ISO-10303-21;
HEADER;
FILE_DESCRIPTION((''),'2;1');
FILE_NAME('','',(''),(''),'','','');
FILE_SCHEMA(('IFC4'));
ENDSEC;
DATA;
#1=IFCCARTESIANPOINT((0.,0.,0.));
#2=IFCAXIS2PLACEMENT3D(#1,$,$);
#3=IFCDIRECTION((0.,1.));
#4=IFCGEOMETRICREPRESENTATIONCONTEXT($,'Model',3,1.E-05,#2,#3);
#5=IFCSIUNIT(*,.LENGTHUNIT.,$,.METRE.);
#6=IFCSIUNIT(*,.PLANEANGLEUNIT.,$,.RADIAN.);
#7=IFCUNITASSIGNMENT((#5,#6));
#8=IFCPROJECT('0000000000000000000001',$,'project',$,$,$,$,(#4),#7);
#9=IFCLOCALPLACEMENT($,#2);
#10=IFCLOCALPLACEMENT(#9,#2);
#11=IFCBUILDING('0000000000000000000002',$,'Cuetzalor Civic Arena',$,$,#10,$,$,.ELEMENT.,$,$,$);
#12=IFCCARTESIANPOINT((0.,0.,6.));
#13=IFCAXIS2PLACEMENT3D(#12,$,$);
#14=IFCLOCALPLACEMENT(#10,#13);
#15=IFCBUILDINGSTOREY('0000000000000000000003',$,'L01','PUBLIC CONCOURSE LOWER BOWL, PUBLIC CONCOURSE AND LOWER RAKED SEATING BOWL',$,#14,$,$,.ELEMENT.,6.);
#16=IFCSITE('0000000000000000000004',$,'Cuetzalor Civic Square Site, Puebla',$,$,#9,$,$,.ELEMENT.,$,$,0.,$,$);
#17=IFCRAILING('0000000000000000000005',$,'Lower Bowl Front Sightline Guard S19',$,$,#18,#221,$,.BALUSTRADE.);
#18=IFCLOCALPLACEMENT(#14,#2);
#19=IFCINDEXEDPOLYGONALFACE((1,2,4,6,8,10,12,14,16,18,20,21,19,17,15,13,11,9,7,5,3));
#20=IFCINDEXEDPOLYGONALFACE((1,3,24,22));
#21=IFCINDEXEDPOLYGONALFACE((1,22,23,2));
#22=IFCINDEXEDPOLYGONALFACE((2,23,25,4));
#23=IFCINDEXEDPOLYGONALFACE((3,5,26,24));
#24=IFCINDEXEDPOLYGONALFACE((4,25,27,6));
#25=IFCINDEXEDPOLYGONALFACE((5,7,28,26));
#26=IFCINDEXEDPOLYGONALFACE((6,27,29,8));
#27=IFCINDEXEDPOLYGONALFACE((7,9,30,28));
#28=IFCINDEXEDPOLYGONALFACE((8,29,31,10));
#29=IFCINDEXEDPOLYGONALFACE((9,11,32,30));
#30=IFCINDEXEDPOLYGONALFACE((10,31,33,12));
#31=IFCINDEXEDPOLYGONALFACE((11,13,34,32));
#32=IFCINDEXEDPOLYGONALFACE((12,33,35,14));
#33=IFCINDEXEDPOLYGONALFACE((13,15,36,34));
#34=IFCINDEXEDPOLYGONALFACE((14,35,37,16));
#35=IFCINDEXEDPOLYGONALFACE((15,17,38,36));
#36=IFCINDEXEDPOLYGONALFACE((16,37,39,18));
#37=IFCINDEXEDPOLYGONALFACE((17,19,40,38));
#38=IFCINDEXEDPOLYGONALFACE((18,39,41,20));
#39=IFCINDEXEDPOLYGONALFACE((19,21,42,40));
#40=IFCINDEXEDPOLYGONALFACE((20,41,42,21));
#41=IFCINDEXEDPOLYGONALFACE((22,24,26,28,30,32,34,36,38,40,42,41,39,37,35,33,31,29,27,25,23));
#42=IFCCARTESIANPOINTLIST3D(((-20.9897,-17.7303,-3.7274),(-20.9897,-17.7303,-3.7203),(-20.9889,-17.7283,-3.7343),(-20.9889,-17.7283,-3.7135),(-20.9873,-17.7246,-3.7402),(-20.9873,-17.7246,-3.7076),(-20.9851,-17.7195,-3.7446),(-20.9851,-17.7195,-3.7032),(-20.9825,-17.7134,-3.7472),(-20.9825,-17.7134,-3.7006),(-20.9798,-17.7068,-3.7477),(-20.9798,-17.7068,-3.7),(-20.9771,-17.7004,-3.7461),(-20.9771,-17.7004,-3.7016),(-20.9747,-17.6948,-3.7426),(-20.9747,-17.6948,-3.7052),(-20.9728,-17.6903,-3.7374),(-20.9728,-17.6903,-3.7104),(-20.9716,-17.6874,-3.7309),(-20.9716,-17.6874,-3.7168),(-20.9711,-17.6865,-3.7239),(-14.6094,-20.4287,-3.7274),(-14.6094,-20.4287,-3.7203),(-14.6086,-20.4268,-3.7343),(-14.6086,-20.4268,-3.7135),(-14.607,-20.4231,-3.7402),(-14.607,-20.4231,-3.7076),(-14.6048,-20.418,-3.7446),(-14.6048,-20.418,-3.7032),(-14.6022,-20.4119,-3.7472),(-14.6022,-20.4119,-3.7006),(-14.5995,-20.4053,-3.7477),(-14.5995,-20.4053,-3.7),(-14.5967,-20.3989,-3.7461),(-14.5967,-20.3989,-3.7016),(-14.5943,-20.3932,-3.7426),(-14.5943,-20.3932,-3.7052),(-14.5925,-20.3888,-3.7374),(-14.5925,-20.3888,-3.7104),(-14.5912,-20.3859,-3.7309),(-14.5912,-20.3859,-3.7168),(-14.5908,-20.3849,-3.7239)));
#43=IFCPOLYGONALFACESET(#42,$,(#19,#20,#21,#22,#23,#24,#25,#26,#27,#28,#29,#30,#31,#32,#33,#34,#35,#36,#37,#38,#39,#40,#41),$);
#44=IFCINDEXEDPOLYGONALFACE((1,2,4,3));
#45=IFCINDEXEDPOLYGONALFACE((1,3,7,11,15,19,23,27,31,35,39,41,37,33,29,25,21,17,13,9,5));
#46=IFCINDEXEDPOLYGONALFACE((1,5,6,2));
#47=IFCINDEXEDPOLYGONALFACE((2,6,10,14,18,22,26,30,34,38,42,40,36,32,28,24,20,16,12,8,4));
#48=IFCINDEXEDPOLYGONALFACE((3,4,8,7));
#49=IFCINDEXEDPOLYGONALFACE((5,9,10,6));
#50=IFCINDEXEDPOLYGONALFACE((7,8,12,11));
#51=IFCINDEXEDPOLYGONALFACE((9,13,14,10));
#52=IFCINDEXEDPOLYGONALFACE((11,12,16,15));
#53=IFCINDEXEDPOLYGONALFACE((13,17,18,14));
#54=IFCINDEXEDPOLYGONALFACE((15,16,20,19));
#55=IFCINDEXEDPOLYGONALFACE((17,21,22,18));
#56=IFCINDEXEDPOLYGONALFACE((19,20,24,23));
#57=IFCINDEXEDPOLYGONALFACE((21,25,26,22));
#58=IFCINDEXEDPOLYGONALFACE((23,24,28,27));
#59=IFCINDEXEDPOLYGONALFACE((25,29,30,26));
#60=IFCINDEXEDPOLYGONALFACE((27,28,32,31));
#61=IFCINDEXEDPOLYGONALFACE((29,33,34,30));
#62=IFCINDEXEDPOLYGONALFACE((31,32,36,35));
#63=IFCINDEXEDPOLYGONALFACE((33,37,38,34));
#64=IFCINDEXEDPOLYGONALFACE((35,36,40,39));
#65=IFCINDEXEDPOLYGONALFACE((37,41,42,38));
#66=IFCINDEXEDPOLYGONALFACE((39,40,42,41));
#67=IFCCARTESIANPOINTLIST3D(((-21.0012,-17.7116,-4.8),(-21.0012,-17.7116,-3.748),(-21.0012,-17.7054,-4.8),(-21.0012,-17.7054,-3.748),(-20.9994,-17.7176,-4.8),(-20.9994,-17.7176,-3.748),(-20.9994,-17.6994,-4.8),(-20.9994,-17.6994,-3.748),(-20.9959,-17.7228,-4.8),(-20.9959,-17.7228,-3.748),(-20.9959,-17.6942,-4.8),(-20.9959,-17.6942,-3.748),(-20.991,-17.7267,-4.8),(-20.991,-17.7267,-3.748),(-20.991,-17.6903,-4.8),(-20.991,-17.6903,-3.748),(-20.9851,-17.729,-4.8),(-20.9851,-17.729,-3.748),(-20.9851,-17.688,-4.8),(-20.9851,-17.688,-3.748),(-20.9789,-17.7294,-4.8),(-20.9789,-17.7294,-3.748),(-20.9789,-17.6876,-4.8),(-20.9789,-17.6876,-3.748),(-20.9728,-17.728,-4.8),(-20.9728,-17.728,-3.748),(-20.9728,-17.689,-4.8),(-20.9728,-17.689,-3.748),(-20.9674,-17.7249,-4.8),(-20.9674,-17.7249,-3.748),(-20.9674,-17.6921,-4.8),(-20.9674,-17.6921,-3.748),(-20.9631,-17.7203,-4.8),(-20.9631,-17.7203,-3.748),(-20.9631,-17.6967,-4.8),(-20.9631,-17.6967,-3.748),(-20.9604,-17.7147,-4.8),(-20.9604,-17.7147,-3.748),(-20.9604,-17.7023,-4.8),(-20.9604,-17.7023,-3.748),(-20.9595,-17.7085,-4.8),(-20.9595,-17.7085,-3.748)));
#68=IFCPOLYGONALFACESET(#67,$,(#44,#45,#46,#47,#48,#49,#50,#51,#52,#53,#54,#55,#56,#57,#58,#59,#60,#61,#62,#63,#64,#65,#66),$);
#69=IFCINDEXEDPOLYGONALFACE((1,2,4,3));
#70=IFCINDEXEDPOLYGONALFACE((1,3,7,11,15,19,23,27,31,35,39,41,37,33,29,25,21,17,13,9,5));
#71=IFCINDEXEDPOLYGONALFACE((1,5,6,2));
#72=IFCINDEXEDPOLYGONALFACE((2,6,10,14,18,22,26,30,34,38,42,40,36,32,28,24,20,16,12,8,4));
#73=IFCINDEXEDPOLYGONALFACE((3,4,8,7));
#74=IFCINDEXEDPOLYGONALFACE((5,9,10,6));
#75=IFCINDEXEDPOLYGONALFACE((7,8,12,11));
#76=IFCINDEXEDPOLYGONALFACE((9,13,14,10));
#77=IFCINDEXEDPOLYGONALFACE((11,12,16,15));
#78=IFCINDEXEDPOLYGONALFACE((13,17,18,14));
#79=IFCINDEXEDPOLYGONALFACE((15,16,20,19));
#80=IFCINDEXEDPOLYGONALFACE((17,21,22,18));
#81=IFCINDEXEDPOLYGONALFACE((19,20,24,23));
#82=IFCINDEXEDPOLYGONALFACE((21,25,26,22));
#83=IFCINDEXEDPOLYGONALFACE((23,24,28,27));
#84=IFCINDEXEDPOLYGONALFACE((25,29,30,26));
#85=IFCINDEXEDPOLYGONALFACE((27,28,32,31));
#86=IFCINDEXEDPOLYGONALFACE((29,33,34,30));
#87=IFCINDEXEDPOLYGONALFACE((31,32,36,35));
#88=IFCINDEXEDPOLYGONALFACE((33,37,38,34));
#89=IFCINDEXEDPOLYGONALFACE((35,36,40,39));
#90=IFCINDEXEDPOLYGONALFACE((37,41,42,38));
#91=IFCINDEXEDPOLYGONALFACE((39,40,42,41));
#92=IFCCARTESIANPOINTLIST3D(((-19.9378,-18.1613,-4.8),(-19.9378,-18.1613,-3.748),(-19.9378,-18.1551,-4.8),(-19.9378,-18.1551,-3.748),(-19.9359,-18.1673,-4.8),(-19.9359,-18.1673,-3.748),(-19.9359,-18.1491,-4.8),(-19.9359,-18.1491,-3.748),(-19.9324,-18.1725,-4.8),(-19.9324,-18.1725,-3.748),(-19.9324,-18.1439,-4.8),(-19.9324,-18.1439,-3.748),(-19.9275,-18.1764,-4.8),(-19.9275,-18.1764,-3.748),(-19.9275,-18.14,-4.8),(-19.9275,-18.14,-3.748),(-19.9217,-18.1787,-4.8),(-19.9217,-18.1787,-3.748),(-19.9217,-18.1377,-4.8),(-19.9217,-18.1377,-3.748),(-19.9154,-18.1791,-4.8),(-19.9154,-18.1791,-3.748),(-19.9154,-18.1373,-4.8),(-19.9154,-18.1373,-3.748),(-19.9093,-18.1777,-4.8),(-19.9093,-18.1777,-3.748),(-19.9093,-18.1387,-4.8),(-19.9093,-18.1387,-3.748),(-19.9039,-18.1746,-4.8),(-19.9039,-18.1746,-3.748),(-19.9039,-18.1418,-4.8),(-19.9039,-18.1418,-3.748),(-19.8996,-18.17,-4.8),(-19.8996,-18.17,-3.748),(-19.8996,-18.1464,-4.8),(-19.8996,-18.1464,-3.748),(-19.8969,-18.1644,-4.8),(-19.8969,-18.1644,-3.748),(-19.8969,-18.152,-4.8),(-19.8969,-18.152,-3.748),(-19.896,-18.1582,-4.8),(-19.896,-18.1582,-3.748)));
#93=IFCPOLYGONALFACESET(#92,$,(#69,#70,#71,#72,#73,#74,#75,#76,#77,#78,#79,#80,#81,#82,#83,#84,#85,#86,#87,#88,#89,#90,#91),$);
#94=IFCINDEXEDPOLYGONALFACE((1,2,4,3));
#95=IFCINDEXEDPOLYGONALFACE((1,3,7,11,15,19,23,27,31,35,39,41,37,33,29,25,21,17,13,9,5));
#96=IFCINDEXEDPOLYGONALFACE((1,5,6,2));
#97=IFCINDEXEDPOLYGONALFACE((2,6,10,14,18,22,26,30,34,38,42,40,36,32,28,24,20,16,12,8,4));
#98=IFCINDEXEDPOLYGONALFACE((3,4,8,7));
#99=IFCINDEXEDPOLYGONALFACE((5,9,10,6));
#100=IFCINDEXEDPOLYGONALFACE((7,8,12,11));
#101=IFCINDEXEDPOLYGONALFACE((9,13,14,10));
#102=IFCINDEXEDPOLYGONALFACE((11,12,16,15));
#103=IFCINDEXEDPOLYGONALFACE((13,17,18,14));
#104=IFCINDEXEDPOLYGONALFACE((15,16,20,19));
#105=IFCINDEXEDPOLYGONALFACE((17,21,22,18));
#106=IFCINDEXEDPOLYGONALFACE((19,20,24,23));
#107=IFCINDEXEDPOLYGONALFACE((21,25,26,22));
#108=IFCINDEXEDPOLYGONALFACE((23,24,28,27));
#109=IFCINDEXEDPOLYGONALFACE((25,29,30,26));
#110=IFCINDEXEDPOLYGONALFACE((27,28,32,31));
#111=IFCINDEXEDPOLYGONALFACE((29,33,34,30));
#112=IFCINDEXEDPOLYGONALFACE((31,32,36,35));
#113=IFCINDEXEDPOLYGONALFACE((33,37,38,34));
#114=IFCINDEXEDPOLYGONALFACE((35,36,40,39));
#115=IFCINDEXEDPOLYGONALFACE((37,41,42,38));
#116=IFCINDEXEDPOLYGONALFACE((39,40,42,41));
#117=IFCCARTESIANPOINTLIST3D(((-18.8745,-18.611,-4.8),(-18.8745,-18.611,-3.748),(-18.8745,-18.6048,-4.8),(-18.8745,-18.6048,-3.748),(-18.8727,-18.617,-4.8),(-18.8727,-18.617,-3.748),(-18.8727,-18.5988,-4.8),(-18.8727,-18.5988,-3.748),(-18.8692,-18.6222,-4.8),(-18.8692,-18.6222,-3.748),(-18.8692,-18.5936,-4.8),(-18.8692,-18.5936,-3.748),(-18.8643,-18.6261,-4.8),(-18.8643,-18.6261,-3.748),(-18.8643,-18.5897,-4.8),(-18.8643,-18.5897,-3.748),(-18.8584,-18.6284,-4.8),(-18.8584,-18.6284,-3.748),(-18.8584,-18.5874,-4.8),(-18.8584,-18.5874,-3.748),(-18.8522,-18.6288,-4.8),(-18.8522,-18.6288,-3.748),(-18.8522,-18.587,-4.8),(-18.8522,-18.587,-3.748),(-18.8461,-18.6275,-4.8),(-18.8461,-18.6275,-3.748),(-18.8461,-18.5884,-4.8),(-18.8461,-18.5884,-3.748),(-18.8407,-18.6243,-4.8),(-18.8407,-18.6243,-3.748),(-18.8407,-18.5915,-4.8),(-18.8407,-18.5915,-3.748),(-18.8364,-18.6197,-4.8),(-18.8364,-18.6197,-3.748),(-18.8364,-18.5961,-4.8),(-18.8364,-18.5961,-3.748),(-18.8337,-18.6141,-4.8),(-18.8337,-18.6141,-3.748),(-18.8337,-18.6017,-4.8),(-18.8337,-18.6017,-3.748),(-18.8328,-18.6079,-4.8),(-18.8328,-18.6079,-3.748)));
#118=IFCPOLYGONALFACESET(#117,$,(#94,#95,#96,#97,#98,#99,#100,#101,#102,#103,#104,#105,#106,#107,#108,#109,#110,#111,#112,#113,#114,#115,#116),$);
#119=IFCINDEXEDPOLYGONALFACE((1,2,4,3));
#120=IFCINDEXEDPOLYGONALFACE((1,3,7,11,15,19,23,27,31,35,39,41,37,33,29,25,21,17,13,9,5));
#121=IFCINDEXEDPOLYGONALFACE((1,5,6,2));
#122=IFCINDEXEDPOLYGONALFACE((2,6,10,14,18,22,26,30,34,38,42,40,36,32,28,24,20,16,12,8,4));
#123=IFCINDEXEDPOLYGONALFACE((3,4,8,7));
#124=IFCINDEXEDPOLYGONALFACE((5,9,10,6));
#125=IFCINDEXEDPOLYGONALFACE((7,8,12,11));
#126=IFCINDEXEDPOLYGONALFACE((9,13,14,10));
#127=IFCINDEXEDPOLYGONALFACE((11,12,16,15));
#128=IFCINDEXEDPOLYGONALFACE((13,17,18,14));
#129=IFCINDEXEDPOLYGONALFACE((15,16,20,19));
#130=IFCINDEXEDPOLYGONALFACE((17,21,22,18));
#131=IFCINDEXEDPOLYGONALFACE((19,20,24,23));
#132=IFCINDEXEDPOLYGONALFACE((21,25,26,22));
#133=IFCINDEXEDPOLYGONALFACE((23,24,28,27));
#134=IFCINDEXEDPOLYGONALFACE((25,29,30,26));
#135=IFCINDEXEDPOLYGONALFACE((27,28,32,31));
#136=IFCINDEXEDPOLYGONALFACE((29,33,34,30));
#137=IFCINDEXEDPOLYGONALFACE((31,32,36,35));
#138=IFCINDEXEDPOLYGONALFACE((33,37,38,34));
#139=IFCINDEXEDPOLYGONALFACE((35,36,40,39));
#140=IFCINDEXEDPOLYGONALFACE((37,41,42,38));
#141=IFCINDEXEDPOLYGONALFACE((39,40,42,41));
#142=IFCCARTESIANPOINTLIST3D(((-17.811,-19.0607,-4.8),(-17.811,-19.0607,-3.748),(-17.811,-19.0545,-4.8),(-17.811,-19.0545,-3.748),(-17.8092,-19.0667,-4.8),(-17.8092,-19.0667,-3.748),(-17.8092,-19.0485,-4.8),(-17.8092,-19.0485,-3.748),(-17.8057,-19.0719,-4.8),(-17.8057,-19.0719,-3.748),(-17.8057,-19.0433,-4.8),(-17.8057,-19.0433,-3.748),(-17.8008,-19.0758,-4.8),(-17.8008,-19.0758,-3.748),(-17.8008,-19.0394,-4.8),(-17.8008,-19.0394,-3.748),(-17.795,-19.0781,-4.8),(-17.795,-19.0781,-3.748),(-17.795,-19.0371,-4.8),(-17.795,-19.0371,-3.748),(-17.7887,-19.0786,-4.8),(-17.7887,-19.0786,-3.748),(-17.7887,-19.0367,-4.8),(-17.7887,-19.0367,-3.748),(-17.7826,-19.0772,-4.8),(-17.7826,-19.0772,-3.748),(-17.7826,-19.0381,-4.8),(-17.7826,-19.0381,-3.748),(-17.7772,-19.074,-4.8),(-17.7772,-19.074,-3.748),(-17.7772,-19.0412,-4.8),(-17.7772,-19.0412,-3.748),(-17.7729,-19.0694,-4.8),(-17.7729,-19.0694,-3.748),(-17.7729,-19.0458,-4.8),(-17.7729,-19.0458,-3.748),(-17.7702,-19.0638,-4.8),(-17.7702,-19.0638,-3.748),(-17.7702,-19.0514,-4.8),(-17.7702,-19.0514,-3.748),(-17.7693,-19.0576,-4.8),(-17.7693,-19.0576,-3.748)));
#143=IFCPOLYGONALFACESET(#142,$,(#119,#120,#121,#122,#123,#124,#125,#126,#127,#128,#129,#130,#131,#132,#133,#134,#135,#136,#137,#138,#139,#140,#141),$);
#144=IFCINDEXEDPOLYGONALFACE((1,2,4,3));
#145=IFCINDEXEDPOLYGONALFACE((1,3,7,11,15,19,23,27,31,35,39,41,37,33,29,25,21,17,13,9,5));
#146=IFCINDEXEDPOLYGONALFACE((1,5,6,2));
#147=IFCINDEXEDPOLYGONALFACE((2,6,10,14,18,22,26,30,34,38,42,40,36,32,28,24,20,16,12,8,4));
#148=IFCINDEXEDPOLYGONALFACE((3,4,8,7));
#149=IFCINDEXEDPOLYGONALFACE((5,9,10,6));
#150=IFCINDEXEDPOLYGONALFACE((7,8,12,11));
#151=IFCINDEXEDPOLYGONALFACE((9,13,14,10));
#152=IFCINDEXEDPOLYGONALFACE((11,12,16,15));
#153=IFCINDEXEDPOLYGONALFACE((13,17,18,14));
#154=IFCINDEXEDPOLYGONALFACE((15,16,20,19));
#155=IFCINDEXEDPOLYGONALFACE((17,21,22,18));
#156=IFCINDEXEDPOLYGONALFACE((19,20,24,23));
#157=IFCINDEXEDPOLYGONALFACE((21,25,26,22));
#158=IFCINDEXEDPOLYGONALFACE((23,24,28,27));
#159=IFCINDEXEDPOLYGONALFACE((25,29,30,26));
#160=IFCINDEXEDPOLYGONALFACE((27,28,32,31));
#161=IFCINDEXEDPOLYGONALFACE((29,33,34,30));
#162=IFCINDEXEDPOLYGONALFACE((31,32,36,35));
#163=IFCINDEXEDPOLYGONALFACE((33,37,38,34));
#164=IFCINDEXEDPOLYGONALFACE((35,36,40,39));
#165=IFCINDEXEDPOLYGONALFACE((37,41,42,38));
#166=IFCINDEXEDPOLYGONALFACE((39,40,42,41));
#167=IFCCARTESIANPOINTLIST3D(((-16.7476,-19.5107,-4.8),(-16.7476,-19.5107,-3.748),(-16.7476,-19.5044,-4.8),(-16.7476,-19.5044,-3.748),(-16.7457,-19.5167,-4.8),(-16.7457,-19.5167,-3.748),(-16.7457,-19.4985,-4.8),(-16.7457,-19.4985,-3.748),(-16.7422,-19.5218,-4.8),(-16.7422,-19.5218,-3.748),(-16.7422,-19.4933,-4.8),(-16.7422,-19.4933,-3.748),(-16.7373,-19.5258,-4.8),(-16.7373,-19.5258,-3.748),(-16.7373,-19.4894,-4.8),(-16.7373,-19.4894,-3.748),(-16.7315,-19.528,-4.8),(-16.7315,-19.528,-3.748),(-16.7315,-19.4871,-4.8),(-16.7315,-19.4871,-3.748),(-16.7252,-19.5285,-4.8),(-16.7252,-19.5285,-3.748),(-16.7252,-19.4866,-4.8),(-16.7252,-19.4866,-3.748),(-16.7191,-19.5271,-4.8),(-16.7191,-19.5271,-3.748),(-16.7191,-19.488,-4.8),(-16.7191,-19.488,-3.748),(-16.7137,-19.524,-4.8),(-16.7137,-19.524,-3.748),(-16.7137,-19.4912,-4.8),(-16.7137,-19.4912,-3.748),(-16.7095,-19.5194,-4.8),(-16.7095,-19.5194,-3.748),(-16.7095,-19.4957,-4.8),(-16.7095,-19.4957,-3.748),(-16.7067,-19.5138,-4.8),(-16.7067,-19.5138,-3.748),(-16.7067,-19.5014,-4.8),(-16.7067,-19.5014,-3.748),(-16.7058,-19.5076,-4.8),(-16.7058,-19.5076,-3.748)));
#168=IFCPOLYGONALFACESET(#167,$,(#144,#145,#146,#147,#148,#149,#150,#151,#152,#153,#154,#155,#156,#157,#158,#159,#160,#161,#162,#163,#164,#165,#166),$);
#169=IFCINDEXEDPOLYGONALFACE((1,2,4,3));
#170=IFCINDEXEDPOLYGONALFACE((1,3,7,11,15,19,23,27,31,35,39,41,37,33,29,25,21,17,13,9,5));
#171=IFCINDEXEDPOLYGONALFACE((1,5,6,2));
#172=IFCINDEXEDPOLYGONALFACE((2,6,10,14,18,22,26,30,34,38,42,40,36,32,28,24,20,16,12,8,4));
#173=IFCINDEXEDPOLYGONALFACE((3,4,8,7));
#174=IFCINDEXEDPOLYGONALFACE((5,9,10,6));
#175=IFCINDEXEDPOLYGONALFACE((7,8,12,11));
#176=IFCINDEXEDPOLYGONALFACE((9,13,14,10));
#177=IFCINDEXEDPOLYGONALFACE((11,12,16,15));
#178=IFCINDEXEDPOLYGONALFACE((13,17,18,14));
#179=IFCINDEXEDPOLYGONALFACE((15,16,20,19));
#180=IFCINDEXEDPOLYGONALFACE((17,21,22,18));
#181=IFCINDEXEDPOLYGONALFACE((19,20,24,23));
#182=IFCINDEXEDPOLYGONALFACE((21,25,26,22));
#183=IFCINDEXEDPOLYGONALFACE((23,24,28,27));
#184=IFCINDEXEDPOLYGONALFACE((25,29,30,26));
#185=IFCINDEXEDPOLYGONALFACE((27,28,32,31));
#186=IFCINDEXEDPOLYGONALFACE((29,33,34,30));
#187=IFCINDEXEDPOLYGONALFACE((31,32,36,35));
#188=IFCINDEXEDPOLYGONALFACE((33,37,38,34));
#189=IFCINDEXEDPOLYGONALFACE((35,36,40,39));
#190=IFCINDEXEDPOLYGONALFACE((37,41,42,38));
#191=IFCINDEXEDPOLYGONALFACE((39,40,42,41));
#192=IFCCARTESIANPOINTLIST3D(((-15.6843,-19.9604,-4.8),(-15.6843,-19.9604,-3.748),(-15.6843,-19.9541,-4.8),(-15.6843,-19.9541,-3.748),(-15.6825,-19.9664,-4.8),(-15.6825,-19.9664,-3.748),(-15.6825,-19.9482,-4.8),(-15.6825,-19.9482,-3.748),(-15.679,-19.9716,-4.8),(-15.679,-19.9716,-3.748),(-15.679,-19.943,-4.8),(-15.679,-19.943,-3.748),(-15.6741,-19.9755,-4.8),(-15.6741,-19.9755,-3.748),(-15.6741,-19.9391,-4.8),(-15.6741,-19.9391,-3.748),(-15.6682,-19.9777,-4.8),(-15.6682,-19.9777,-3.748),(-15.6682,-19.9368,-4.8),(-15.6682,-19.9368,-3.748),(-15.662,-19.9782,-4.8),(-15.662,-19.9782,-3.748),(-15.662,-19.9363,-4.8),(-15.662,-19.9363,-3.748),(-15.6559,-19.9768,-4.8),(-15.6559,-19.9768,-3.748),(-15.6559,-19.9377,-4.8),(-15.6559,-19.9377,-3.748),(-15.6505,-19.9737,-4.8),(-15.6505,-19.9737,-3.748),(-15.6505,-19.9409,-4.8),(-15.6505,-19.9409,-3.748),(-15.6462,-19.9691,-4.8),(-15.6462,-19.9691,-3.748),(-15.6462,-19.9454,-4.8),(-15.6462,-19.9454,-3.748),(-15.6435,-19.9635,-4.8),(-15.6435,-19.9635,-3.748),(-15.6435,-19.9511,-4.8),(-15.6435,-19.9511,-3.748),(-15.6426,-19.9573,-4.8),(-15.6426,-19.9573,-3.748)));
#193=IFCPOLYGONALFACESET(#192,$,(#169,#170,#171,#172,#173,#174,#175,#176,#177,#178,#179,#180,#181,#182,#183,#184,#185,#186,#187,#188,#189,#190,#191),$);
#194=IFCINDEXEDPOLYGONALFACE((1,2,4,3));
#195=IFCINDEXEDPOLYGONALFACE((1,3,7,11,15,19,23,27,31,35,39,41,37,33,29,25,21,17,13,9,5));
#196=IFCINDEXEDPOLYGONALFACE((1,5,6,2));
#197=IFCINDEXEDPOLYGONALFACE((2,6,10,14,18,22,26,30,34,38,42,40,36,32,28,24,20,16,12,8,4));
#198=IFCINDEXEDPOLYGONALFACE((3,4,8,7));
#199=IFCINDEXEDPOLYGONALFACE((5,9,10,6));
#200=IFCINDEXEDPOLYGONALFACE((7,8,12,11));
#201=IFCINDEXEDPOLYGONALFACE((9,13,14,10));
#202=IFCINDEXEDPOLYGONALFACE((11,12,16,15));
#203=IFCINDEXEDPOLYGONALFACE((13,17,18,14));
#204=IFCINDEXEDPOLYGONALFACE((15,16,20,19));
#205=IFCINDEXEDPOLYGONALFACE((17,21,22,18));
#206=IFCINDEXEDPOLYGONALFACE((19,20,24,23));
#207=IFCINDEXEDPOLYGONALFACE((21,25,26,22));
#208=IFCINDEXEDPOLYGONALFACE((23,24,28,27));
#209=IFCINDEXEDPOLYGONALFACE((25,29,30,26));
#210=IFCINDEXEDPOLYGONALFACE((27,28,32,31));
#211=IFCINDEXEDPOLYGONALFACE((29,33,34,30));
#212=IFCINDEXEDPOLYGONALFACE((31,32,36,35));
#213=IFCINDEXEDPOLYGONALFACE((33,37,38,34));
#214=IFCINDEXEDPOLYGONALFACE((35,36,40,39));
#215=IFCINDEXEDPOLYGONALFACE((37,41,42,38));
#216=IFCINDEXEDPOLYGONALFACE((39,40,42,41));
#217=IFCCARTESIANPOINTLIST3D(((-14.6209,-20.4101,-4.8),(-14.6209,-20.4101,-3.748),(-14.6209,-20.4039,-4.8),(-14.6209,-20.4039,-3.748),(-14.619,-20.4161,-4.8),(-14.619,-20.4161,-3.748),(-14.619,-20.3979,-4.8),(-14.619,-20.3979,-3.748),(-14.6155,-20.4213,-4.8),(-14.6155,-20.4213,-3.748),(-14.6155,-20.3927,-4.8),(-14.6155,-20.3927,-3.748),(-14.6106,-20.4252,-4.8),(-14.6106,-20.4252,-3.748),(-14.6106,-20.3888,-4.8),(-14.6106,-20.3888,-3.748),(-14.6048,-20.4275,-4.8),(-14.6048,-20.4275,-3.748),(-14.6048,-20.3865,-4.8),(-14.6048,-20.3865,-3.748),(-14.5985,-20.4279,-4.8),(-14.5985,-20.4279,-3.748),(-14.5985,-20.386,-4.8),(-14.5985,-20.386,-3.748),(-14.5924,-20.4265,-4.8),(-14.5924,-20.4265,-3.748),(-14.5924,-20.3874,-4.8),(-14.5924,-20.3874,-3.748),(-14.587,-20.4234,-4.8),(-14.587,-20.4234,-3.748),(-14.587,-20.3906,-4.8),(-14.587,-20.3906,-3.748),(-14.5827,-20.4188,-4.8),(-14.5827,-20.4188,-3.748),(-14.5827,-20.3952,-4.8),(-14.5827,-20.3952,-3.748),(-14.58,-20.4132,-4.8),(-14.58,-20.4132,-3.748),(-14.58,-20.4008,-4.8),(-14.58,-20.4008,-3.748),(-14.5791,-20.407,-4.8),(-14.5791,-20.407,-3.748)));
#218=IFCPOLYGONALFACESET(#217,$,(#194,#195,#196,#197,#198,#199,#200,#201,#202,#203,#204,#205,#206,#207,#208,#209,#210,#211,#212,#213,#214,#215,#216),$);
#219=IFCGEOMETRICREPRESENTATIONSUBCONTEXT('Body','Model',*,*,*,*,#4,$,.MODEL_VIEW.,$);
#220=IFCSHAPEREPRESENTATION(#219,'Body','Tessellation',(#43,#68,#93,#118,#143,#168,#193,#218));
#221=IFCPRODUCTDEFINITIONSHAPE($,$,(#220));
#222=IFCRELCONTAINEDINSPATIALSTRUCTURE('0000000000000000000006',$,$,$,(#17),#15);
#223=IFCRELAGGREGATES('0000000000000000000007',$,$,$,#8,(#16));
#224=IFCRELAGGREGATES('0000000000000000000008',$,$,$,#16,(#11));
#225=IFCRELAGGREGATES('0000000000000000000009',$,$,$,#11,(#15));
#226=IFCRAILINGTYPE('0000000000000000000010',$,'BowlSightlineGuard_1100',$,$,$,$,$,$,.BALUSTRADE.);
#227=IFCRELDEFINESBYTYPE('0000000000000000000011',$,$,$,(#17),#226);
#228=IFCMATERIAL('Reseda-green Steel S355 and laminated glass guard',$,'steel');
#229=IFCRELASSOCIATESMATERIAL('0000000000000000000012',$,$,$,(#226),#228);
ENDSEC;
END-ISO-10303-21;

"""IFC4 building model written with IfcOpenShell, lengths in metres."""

from ifc_helpers import new_model, si_unit, direction, frame, origin, origin_2d, place, context, subcontext, project, spatial, circle, extrude, material, type_object, element, save


model = new_model("IFC4")

# Units and contexts
model_context = context("Model", 3, precision=1e-05, world=origin(), true_north=direction((0.0, 1.0)))
body_context = subcontext(model_context, "Body", "Model", "MODEL_VIEW")
ifc_project = project(units=[si_unit("LENGTHUNIT", "METRE"), si_unit("PLANEANGLEUNIT", "RADIAN")], contexts=[model_context])

# Site, building, storey
site_placement = place(None, origin())
site = spatial("IfcSite", under=ifc_project, at=site_placement, Name="Cuetzalor Civic Square Site, Puebla", CompositionType="ELEMENT", RefElevation=0.0)
building_placement = place(site_placement, origin())
building = spatial("IfcBuilding", under=site, at=building_placement, Name="Cuetzalor Civic Arena", CompositionType="ELEMENT")
storey_placement = place(building_placement, frame((0.0, 0.0, 6.0)))
storey = spatial("IfcBuildingStorey", under=building, at=storey_placement, Name="L01", Description="PUBLIC CONCOURSE LOWER BOWL, PUBLIC CONCOURSE AND LOWER RAKED SEATING BOWL", CompositionType="ELEMENT", Elevation=6.0)

# Railing
ifc_material_1 = material(Name="Reseda-green Steel S355 and laminated glass guard", Category="steel")
railing_type_1 = type_object("IfcRailingType", Name="BowlSightlineGuard_1100", PredefinedType="BALUSTRADE", material=ifc_material_1)
railing_1_placement = place(storey_placement, frame((-20.9805, -17.7085, -4.8)))
element("IfcRailing", 1, at=railing_1_placement, inside=storey, type_object=railing_type_1, Name="Lower Bowl Front Sightline Guard S19", PredefinedType="BALUSTRADE", context=body_context, shape_type="SweptSolid", body=[
    extrude(circle(Radius=0.0239, at=origin_2d()), frame((0.0, 0.0, 1.0762), z_axis=(0.921014, -0.38953, 0.0), x_axis=(0.38953, 0.921014, 0.0)), (0.0, 0.0, 1.0), 6.9275),
    extrude(circle(Radius=0.021, at=origin_2d()), origin(), (0.0, 0.0, 1.0), 1.052),
    extrude(circle(Radius=0.021, at=origin_2d()), frame((1.0635, -0.4497, 0.0)), (0.0, 0.0, 1.0), 1.052),
    extrude(circle(Radius=0.021, at=origin_2d()), frame((2.1267, -0.8994, 0.0)), (0.0, 0.0, 1.0), 1.052),
    extrude(circle(Radius=0.021, at=origin_2d()), frame((3.1902, -1.3491, 0.0)), (0.0, 0.0, 1.0), 1.052),
    extrude(circle(Radius=0.021, at=origin_2d()), frame((4.2537, -1.7991, 0.0)), (0.0, 0.0, 1.0), 1.052),
    extrude(circle(Radius=0.021, at=origin_2d()), frame((5.3169, -2.2488, 0.0)), (0.0, 0.0, 1.0), 1.052),
    extrude(circle(Radius=0.021, at=origin_2d()), frame((6.3804, -2.6985, 0.0)), (0.0, 0.0, 1.0), 1.052),
])

save(model, "model.ifc")
